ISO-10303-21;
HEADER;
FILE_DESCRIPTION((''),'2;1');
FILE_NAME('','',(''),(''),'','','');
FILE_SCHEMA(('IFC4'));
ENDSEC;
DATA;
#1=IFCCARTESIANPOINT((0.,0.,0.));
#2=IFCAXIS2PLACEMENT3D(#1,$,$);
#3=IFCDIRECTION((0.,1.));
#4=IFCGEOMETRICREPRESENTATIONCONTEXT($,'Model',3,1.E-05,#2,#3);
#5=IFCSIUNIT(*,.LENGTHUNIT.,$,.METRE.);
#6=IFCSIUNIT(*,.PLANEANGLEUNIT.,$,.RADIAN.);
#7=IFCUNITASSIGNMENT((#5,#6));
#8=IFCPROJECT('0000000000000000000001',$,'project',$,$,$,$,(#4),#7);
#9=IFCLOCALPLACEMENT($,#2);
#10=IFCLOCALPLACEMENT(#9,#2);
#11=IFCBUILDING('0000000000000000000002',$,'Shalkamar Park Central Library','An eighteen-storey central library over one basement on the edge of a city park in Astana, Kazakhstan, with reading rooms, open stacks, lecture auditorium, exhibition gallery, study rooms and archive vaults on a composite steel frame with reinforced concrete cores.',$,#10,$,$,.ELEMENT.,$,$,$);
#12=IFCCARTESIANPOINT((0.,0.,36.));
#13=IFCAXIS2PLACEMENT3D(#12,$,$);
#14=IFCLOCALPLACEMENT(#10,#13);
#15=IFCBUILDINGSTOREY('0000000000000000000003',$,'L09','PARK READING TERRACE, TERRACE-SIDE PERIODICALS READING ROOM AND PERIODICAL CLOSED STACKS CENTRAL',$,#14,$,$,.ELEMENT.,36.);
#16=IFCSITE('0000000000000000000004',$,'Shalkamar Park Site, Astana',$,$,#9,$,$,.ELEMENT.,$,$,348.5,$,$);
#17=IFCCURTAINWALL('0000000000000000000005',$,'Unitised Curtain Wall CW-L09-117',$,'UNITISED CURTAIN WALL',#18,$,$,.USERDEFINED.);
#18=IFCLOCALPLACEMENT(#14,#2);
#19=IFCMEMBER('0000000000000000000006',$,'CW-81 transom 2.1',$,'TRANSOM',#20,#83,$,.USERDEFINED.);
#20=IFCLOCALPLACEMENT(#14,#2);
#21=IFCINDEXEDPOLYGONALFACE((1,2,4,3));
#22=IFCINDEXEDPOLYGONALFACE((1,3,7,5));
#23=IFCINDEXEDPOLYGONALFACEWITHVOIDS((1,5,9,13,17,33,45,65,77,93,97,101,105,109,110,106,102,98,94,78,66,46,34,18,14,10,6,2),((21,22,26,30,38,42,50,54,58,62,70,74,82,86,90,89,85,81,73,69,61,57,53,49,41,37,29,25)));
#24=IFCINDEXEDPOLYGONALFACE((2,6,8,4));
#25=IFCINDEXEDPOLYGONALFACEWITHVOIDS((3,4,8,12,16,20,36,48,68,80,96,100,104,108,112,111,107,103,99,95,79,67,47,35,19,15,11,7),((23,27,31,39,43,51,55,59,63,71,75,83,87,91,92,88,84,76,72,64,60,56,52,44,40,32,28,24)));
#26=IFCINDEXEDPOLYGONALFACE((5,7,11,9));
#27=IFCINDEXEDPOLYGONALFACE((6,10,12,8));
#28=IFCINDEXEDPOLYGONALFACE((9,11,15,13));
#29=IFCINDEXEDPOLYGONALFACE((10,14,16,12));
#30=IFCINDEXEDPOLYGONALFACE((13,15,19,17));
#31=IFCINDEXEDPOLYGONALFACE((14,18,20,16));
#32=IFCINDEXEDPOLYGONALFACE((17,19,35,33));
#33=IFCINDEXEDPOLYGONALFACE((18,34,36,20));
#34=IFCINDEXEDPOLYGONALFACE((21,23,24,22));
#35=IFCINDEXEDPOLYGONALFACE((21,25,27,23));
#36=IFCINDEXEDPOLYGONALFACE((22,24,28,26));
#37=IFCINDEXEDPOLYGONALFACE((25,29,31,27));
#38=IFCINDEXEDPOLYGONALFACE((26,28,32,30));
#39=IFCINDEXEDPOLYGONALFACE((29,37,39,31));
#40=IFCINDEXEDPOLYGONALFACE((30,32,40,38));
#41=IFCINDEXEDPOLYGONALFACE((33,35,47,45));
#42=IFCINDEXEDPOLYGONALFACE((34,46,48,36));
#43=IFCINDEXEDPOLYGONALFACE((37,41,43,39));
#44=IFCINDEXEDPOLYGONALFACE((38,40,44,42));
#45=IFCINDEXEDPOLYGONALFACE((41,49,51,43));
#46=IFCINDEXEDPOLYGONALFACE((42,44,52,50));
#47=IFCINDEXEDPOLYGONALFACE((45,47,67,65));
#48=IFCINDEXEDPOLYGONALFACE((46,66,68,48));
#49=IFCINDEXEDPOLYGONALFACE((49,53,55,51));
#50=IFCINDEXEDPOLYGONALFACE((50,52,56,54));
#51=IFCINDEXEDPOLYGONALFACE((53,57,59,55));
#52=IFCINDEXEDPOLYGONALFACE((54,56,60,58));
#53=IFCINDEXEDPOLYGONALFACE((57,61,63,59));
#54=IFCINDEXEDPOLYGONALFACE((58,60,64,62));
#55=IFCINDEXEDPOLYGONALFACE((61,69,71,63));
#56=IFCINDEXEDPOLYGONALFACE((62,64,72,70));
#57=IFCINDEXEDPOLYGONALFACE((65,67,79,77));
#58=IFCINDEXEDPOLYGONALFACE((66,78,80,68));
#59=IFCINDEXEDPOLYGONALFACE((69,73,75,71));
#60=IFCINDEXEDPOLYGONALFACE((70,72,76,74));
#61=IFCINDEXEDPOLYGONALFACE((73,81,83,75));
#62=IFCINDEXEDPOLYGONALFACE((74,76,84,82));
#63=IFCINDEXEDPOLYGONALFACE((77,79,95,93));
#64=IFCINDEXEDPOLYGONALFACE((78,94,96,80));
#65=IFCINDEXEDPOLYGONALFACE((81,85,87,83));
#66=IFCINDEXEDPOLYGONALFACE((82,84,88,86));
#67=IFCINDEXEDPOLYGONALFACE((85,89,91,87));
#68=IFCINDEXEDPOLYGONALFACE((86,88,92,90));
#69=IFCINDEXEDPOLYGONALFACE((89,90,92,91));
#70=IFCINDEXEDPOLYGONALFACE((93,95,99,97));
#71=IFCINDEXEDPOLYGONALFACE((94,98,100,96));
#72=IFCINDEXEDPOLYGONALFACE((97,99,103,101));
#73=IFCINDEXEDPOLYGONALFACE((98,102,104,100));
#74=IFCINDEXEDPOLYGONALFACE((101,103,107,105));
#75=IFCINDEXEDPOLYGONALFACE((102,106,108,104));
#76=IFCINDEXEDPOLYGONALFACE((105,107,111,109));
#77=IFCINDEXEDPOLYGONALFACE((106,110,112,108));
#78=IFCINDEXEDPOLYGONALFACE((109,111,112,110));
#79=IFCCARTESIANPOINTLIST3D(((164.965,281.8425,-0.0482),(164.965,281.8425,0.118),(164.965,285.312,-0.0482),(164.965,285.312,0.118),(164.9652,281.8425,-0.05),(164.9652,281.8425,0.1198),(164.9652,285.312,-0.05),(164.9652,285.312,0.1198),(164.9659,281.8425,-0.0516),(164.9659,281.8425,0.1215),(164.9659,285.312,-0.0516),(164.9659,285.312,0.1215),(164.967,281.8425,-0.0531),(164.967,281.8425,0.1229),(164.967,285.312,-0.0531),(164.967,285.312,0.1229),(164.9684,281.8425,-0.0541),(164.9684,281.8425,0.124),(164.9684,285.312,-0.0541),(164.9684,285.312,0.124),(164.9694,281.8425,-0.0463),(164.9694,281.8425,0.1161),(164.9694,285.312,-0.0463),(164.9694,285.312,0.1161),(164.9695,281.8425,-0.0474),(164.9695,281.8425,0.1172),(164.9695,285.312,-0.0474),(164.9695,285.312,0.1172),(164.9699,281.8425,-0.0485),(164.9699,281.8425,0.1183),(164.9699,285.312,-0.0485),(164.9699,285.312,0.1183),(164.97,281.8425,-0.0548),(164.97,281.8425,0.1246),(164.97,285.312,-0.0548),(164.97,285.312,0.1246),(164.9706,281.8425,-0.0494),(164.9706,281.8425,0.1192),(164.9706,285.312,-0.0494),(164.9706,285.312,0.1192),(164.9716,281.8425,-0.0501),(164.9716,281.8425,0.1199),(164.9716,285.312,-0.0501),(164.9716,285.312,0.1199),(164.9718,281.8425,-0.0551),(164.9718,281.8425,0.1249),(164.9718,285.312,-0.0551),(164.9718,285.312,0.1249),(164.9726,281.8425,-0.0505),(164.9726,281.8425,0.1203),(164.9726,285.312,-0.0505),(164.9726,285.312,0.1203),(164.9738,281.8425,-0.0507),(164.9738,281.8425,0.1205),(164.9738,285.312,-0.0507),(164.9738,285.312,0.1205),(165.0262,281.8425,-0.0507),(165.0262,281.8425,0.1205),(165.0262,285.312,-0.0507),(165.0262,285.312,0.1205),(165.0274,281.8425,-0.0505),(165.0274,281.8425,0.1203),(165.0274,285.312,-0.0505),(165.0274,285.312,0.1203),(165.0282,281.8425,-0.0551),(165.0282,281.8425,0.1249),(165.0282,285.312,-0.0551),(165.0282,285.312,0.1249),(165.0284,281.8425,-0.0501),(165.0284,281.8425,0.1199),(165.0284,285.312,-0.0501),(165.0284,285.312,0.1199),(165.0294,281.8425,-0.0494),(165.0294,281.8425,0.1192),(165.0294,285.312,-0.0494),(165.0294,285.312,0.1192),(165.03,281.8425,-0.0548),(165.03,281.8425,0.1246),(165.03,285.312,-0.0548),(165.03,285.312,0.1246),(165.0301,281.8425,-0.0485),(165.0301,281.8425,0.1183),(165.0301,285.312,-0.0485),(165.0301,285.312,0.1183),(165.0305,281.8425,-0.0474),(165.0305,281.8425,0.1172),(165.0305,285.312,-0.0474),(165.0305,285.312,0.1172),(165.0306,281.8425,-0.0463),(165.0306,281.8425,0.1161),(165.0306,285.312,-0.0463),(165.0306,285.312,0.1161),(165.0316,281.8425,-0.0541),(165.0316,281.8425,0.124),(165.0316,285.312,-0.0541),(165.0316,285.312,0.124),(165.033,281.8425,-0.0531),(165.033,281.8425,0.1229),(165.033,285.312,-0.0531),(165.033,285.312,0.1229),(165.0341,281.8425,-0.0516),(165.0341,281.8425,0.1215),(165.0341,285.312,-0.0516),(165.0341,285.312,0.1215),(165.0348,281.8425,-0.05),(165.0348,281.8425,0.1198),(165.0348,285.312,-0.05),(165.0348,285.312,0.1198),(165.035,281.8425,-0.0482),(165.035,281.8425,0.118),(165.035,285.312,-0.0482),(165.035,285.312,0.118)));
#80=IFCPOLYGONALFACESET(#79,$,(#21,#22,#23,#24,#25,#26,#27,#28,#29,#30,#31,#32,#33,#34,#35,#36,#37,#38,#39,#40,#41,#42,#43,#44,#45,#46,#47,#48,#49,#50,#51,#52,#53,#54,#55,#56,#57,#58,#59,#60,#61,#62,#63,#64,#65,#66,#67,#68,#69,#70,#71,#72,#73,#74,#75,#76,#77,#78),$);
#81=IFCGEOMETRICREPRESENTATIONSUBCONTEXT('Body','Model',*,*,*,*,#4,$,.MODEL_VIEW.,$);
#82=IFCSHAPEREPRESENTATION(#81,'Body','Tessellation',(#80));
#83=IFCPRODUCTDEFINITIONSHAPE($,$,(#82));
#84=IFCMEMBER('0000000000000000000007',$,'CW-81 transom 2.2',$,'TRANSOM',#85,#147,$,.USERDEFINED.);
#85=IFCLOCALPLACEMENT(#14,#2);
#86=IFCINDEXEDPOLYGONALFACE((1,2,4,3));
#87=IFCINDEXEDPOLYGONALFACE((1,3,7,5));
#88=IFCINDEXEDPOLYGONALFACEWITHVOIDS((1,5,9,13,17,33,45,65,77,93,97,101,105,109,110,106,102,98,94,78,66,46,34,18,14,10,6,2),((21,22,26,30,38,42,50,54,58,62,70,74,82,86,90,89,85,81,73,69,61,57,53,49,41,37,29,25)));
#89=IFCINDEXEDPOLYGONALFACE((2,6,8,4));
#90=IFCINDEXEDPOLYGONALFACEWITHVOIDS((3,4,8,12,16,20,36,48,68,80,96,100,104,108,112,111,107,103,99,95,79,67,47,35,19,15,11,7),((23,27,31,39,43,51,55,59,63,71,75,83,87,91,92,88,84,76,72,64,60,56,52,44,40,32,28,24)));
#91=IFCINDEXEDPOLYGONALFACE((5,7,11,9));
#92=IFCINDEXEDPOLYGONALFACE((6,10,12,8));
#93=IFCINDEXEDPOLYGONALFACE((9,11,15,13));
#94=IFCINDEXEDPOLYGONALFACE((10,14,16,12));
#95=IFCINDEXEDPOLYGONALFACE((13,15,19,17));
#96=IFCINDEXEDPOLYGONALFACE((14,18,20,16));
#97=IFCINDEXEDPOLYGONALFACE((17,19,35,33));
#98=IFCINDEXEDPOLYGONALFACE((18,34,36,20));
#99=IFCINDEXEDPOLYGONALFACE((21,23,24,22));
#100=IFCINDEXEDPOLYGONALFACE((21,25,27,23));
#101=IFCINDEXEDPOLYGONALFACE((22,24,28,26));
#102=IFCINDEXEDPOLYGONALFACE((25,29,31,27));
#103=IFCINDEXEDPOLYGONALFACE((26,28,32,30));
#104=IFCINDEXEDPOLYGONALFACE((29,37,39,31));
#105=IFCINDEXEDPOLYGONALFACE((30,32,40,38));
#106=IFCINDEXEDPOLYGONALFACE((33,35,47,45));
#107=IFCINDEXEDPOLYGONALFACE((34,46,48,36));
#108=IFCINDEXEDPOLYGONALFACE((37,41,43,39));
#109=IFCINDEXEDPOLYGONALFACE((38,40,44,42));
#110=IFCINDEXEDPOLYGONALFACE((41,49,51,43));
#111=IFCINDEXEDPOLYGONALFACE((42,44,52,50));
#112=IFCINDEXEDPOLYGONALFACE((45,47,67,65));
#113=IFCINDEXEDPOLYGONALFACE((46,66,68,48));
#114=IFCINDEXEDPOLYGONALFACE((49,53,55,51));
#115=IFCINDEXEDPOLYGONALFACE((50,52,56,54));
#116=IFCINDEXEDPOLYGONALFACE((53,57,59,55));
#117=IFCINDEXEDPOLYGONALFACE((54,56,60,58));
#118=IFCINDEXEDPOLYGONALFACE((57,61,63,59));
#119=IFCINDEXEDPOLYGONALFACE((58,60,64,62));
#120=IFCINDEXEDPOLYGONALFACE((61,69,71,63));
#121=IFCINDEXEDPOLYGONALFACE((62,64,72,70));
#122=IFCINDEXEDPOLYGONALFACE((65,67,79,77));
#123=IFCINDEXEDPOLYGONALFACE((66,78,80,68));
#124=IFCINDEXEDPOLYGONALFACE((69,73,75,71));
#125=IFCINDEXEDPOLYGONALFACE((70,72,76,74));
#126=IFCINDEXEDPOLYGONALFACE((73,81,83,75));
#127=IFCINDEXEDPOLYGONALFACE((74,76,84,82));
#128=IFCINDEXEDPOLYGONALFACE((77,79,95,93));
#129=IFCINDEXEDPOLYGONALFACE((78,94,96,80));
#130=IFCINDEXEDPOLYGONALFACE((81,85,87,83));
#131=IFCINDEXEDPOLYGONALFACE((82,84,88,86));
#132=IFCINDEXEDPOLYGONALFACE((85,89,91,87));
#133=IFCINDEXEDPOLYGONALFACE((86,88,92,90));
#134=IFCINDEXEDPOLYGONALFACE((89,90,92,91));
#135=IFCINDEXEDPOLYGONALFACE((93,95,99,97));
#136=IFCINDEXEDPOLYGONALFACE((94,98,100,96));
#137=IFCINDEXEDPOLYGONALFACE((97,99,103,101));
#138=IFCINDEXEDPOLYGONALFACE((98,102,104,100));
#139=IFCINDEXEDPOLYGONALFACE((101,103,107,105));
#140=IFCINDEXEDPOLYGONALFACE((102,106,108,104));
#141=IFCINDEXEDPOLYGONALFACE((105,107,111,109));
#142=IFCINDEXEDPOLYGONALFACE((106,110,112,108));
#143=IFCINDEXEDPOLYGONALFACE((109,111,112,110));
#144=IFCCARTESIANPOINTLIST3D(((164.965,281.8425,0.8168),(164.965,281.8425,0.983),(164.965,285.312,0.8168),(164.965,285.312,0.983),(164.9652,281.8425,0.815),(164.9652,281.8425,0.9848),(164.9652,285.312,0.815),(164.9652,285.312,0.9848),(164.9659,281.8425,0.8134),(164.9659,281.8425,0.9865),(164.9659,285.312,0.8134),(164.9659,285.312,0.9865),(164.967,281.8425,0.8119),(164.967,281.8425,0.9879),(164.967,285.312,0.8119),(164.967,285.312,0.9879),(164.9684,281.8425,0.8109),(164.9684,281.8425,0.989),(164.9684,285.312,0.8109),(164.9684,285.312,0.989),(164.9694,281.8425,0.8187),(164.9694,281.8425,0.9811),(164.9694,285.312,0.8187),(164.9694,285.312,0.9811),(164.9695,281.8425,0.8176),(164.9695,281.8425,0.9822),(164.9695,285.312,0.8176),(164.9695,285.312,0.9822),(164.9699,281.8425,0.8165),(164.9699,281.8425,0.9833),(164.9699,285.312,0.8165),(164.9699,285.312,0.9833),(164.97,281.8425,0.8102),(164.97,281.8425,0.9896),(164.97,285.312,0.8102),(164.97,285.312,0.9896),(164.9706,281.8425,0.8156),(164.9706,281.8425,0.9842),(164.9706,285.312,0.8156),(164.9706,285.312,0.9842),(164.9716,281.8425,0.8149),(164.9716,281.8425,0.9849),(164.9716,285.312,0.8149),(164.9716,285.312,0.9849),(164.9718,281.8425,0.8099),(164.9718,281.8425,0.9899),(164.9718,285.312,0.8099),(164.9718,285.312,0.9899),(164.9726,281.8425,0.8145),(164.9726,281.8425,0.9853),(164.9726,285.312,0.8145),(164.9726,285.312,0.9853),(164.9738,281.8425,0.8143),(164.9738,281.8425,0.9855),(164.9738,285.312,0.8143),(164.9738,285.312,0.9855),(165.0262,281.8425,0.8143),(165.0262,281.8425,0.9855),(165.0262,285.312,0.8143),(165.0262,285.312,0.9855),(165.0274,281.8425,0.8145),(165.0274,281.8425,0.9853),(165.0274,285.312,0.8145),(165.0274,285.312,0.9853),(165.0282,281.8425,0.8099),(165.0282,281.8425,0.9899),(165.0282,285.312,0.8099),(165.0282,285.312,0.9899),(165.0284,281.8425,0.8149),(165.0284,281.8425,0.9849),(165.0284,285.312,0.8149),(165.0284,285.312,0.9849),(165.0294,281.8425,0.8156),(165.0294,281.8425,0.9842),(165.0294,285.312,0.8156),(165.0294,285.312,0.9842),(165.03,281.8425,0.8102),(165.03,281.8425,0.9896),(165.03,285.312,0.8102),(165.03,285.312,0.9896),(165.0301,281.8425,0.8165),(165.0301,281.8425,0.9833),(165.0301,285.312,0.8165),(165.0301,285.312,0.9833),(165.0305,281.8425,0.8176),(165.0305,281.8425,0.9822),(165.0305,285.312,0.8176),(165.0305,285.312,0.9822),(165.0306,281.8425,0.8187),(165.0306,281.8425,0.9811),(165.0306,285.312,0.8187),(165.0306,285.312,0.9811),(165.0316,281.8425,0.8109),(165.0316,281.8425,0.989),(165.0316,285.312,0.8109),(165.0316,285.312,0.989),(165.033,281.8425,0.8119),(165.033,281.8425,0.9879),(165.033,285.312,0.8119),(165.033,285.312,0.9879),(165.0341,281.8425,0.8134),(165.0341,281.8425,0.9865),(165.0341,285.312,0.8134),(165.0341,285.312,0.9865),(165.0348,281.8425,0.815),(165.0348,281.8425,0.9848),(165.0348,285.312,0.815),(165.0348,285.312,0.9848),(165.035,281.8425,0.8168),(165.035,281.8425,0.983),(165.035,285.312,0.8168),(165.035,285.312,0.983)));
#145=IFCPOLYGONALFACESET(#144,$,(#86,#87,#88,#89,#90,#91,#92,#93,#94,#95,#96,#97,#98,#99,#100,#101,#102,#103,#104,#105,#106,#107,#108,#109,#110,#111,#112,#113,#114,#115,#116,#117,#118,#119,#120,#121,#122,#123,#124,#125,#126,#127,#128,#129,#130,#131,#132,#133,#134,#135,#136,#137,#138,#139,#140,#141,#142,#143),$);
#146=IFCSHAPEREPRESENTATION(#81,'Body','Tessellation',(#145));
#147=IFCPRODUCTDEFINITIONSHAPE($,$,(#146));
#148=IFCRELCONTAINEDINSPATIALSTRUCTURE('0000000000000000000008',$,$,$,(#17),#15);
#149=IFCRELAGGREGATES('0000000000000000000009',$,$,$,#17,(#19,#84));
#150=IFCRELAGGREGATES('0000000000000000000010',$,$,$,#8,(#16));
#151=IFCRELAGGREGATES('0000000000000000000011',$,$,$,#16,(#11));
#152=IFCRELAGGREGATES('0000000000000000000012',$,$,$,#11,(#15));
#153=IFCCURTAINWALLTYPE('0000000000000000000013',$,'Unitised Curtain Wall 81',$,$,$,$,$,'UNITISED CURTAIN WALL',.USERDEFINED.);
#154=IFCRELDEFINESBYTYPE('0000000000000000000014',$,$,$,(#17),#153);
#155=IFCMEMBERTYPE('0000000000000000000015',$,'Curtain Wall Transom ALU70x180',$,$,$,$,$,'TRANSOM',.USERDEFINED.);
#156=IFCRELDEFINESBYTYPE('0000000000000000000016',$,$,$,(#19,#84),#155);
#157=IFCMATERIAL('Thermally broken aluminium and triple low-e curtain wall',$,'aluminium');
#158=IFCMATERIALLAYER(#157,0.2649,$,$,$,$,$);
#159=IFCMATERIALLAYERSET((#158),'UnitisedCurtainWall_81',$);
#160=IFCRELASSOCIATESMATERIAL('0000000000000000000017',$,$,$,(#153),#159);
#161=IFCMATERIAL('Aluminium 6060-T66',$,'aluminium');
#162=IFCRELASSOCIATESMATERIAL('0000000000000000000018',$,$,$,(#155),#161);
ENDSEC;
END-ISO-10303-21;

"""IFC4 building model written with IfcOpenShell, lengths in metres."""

from ifc_helpers import new_model, si_unit, direction, frame, origin, origin_2d, place, context, subcontext, project, spatial, hollow_rectangle, extrude, material, layer, layer_set, material_profile, profile_set, type_object, element, aggregate, save


model = new_model("IFC4")

# Units and contexts
model_context = context("Model", 3, precision=1e-05, world=origin(), true_north=direction((0.0, 1.0)))
body_context = subcontext(model_context, "Body", "Model", "MODEL_VIEW")
ifc_project = project(units=[si_unit("LENGTHUNIT", "METRE"), si_unit("PLANEANGLEUNIT", "RADIAN")], contexts=[model_context])

# Site, building, storey
site_placement = place(None, origin())
site = spatial("IfcSite", under=ifc_project, at=site_placement, Name="Shalkamar Park Site, Astana", CompositionType="ELEMENT", RefElevation=348.5)
building_placement = place(site_placement, origin())
building = spatial("IfcBuilding", under=site, at=building_placement, Name="Shalkamar Park Central Library", Description="An eighteen-storey central library over one basement on the edge of a city park in Astana, Kazakhstan, with reading rooms, open stacks, lecture auditorium, exhibition gallery, study rooms and archive vaults on a composite steel frame with reinforced concrete cores.", CompositionType="ELEMENT")
storey_placement = place(building_placement, frame((0.0, 0.0, 36.0)))
storey = spatial("IfcBuildingStorey", under=building, at=storey_placement, Name="L09", Description="PARK READING TERRACE, TERRACE-SIDE PERIODICALS READING ROOM AND PERIODICAL CLOSED STACKS CENTRAL", CompositionType="ELEMENT", Elevation=36.0)

# Curtain wall, members
ifc_material_1 = material(Name="Thermally broken aluminium and triple low-e curtain wall", Category="aluminium")
ifc_layer_1 = layer(ifc_material_1, 0.2649)
ifc_layer_set_1 = layer_set([ifc_layer_1], Name="UnitisedCurtainWall_81")
curtain_wall_type = type_object("IfcCurtainWallType", Name="Unitised Curtain Wall 81", ElementType="UNITISED CURTAIN WALL", PredefinedType="USERDEFINED", material=ifc_layer_set_1)
curtain_wall_placement = place(storey_placement, origin())
curtain_wall = element("IfcCurtainWall", 1, at=curtain_wall_placement, inside=storey, type_object=curtain_wall_type, Name="Unitised Curtain Wall CW-L09-117", ObjectType="UNITISED CURTAIN WALL", PredefinedType="USERDEFINED")
ifc_material_2 = material(Name="Aluminium 6060-T66", Category="aluminium")
ifc_material_profile_1 = material_profile(ifc_material_2, hollow_rectangle(XDim=0.0701, YDim=0.1799, WallThickness=0.0044, InnerFilletRadius=0.0044, OuterFilletRadius=0.0068, at=origin_2d()), Name="ALU 70x180x4.5")
ifc_profile_set_1 = profile_set([ifc_material_profile_1], Name="Aluminium 6060-T66")
member_type_1 = type_object("IfcMemberType", Name="Curtain Wall Transom ALU70x180", ElementType="TRANSOM", PredefinedType="USERDEFINED", material=ifc_profile_set_1)
member_1_placement = place(storey_placement, frame((165.0, 281.8425, 0.0349), z_axis=(0.0, 1.0, 0.0), x_axis=(-1.0, 0.0, 0.0)))
member_1 = element("IfcMember", 2, at=member_1_placement, type_object=member_type_1, Name="CW-81 transom 2.1", ObjectType="TRANSOM", PredefinedType="USERDEFINED", context=body_context, shape_type="SweptSolid", body=[
    extrude(hollow_rectangle(XDim=0.0701, YDim=0.1799, WallThickness=0.0044, InnerFilletRadius=0.0044, OuterFilletRadius=0.0068, at=origin_2d()), origin(), (0.0, 0.0, 1.0), 3.4695),
])
member_2_placement = place(storey_placement, frame((165.0, 281.8425, 0.8999), z_axis=(0.0, 1.0, 0.0), x_axis=(-1.0, 0.0, 0.0)))
member_2 = element("IfcMember", 3, at=member_2_placement, type_object=member_type_1, Name="CW-81 transom 2.2", ObjectType="TRANSOM", PredefinedType="USERDEFINED", context=body_context, shape_type="SweptSolid", body=[
    extrude(hollow_rectangle(XDim=0.0701, YDim=0.1799, WallThickness=0.0044, InnerFilletRadius=0.0044, OuterFilletRadius=0.0068, at=origin_2d()), origin(), (0.0, 0.0, 1.0), 3.4695),
])

aggregate(curtain_wall, [member_1, member_2])

save(model, "model.ifc")
